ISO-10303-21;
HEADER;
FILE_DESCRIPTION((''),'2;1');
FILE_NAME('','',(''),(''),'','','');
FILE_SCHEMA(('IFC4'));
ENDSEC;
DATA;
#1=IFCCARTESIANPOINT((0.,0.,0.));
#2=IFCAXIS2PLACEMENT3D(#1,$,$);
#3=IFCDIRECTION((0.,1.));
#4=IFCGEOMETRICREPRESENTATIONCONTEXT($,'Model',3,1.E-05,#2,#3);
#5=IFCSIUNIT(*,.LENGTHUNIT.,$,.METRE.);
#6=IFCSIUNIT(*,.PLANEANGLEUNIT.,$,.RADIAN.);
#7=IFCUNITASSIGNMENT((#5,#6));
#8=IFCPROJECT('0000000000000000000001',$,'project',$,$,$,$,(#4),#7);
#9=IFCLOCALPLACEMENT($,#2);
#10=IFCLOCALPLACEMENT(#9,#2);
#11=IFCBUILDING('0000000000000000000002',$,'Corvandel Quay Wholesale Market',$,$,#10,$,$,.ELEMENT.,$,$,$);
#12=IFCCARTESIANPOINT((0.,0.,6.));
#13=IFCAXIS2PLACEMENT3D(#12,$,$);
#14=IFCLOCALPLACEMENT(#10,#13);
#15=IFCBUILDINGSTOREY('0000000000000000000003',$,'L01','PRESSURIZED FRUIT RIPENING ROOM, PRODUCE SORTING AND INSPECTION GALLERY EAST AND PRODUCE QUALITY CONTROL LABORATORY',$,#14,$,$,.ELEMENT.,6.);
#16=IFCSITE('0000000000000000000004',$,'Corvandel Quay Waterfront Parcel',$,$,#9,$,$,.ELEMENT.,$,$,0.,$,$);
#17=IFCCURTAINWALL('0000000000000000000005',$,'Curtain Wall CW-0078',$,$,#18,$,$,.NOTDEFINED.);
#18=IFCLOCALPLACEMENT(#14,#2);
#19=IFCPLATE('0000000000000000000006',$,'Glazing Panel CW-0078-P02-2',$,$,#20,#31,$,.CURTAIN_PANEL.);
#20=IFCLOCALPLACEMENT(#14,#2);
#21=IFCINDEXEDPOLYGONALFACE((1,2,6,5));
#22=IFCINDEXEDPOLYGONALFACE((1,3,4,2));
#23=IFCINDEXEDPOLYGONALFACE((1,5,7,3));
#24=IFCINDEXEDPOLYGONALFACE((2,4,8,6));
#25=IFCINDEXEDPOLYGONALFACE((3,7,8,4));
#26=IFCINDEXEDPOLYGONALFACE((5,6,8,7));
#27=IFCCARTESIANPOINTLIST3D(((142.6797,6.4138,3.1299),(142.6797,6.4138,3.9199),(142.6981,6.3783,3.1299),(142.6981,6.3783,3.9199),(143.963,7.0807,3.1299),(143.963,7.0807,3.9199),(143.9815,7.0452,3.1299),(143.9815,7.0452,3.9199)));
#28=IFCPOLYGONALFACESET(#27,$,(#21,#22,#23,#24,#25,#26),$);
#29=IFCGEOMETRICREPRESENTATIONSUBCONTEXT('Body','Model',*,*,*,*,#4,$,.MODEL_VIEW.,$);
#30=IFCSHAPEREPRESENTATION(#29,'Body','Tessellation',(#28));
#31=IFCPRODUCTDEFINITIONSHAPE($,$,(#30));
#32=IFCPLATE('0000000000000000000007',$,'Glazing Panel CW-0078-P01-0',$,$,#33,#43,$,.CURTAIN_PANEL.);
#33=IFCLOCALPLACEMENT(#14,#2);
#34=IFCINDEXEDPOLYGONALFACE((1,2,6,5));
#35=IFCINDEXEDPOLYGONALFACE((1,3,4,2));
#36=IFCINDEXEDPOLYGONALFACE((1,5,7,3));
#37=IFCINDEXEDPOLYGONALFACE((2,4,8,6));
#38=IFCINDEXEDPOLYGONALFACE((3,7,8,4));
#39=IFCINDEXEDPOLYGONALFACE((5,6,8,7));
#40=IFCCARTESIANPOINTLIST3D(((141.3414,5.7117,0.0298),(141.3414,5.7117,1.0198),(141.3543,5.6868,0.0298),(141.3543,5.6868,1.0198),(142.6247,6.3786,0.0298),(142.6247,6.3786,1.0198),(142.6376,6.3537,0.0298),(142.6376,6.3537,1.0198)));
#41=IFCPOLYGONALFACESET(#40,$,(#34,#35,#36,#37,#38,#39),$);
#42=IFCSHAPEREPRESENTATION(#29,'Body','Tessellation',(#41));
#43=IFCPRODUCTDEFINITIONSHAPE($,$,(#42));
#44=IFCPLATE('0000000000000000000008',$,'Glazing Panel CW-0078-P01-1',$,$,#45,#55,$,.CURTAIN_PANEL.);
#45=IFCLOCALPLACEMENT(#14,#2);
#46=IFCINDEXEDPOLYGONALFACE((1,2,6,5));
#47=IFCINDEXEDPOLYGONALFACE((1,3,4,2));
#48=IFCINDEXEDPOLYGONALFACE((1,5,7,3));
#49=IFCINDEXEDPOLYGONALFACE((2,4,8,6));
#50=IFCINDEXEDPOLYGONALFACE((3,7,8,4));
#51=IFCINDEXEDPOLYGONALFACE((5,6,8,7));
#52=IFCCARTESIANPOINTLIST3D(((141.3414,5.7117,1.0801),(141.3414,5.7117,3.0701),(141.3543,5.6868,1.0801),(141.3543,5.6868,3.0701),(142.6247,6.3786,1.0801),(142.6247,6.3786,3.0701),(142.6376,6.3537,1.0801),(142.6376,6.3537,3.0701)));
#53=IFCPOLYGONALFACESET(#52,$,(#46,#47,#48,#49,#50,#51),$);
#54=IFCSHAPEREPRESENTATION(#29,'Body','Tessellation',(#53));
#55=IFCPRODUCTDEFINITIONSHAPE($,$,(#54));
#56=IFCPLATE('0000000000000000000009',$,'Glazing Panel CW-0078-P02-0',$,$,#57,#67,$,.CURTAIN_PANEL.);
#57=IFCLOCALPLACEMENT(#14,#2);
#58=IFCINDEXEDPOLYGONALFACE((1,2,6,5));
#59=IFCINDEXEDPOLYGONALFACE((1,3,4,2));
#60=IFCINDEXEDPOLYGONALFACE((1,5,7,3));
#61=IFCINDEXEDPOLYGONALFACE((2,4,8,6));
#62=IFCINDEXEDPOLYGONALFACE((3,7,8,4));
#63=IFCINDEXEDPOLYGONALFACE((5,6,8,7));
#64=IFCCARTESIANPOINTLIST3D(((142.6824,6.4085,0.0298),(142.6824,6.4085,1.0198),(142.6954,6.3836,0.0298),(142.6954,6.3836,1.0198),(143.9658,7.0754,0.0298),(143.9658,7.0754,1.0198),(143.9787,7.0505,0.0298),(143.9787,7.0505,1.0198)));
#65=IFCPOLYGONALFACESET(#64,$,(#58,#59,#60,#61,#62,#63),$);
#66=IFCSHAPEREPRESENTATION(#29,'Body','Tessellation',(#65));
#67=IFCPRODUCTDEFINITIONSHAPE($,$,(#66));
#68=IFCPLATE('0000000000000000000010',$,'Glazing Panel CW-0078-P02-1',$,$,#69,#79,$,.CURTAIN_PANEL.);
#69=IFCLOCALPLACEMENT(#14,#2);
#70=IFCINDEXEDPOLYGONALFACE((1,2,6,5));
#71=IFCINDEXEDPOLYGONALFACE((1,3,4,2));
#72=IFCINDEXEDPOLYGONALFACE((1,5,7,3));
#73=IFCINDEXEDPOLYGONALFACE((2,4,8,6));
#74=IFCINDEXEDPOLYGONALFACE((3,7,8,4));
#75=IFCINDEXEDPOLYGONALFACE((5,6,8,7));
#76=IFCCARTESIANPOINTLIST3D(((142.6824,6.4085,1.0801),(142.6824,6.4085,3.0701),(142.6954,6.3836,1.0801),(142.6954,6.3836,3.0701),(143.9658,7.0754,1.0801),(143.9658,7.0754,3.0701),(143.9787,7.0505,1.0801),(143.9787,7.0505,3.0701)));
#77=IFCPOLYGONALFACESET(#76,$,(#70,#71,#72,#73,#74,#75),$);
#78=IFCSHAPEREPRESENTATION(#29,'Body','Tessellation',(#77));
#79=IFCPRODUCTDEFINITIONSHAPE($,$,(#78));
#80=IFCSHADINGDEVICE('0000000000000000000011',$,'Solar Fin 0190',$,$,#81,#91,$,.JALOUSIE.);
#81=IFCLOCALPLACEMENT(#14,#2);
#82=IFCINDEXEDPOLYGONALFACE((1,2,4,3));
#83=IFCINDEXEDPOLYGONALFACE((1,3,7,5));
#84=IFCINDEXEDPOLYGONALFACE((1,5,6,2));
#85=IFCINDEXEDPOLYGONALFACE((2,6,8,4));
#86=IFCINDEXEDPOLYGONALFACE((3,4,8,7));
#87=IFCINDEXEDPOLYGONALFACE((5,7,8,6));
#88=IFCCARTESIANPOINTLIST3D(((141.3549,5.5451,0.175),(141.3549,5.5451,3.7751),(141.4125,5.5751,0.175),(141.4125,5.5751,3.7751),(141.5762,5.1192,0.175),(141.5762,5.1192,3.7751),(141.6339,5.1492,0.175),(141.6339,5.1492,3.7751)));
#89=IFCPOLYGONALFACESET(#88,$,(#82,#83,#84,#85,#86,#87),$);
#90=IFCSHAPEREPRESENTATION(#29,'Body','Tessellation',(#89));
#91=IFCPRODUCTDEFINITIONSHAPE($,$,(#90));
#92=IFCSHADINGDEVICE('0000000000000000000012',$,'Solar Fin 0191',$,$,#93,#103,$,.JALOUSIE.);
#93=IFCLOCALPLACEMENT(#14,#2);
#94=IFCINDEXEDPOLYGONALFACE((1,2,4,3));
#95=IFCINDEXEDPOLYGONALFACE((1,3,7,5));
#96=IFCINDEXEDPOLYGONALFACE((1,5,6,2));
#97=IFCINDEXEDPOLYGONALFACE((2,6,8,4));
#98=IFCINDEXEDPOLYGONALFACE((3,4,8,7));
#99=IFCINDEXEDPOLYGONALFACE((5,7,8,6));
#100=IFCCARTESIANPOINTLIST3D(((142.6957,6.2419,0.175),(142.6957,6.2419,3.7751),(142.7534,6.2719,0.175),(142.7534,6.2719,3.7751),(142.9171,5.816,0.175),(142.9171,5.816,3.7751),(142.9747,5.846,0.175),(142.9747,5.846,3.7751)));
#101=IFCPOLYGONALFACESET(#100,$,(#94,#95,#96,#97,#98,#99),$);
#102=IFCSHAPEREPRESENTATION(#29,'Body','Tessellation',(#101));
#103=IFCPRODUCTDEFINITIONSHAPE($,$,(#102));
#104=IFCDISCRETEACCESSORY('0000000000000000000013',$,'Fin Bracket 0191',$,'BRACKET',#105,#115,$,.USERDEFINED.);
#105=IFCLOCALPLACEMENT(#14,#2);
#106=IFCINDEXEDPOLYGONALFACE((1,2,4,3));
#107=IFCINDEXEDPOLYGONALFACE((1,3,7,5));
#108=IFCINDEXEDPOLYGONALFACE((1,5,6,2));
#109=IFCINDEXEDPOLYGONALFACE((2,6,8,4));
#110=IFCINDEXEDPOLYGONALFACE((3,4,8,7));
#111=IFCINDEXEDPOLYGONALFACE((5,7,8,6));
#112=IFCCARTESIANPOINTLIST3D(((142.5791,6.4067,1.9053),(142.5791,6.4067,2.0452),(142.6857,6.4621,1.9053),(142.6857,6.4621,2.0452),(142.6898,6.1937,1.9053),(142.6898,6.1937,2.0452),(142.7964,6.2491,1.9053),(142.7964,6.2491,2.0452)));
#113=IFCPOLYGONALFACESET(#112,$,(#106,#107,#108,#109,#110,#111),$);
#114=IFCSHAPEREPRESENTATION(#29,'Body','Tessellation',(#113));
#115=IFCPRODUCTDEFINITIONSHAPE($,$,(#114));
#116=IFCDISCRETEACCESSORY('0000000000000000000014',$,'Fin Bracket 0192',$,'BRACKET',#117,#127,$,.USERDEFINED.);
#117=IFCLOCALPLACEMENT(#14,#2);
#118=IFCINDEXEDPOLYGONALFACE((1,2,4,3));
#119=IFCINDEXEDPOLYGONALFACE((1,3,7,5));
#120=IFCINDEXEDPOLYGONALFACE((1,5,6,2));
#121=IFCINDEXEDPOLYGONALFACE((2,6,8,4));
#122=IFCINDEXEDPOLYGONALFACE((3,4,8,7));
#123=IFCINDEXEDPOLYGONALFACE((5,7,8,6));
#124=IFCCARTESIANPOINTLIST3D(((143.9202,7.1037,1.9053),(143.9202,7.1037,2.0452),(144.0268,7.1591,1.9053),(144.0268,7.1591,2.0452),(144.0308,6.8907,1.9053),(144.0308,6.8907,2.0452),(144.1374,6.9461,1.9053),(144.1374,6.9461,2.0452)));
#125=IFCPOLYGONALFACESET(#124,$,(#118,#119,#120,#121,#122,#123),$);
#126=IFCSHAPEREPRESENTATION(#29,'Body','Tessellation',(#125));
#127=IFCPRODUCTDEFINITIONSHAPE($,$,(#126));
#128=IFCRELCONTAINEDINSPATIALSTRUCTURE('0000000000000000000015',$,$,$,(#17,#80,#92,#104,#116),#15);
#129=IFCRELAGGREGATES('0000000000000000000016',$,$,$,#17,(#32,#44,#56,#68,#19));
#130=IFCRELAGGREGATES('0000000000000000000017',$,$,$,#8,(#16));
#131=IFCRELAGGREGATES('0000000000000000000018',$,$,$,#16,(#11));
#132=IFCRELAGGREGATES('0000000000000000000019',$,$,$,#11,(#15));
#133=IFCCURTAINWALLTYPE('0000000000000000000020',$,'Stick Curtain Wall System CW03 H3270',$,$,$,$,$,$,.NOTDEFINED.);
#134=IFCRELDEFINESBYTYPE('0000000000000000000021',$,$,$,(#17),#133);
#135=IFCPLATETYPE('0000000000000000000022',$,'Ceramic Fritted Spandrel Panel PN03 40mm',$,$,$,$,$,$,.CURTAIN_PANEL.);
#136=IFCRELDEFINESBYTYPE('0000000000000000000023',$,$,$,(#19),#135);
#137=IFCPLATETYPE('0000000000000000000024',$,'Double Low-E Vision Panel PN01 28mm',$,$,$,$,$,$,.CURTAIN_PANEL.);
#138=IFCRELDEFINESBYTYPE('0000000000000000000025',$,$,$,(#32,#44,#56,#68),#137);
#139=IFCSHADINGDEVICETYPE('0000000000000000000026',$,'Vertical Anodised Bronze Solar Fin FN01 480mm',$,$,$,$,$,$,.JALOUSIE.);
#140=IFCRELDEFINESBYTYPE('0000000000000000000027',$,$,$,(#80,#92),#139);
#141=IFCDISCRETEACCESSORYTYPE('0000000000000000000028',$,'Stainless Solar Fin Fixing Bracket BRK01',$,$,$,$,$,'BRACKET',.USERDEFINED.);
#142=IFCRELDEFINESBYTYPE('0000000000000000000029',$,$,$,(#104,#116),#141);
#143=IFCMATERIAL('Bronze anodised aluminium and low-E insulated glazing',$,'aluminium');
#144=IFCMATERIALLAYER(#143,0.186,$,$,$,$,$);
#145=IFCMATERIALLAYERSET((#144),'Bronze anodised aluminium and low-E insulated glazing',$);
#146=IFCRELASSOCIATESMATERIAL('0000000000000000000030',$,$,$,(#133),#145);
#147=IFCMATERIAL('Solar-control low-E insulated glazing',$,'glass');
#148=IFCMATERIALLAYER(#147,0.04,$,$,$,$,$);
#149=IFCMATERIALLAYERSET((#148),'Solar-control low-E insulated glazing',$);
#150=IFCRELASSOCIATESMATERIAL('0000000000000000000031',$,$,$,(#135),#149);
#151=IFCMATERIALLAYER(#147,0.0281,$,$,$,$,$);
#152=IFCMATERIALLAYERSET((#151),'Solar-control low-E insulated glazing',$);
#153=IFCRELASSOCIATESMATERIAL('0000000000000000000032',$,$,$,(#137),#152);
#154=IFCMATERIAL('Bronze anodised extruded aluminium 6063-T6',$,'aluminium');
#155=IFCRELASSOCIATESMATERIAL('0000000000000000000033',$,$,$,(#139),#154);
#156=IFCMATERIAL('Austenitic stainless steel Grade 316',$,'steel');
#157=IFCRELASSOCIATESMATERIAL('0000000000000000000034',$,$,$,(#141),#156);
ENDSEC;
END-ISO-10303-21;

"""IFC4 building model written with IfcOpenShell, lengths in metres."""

from ifc_helpers import new_model, si_unit, direction, frame, origin, origin_2d, place, context, subcontext, project, spatial, rectangle, extrude, material, layer, layer_set, type_object, element, aggregate, save


model = new_model("IFC4")

# Units and contexts
model_context = context("Model", 3, precision=1e-05, world=origin(), true_north=direction((0.0, 1.0)))
body_context = subcontext(model_context, "Body", "Model", "MODEL_VIEW")
ifc_project = project(units=[si_unit("LENGTHUNIT", "METRE"), si_unit("PLANEANGLEUNIT", "RADIAN")], contexts=[model_context])

# Site, building, storey
site_placement = place(None, origin())
site = spatial("IfcSite", under=ifc_project, at=site_placement, Name="Corvandel Quay Waterfront Parcel", CompositionType="ELEMENT", RefElevation=0.0)
building_placement = place(site_placement, origin())
building = spatial("IfcBuilding", under=site, at=building_placement, Name="Corvandel Quay Wholesale Market", CompositionType="ELEMENT")
storey_placement = place(building_placement, frame((0.0, 0.0, 6.0)))
storey = spatial("IfcBuildingStorey", under=building, at=storey_placement, Name="L01", Description="PRESSURIZED FRUIT RIPENING ROOM, PRODUCE SORTING AND INSPECTION GALLERY EAST AND PRODUCE QUALITY CONTROL LABORATORY", CompositionType="ELEMENT", Elevation=6.0)

# Curtain wall, plates
ifc_material_1 = material(Name="Bronze anodised aluminium and low-E insulated glazing", Category="aluminium")
ifc_layer_1 = layer(ifc_material_1, 0.186)
ifc_layer_set_1 = layer_set([ifc_layer_1], Name="Bronze anodised aluminium and low-E insulated glazing")
curtain_wall_type = type_object("IfcCurtainWallType", Name="Stick Curtain Wall System CW03 H3270", PredefinedType="NOTDEFINED", material=ifc_layer_set_1)
curtain_wall_placement = place(storey_placement, origin())
curtain_wall = element("IfcCurtainWall", 1, at=curtain_wall_placement, inside=storey, type_object=curtain_wall_type, Name="Curtain Wall CW-0078", PredefinedType="NOTDEFINED")
ifc_material_2 = material(Name="Solar-control low-E insulated glazing", Category="glass")
ifc_layer_2 = layer(ifc_material_2, 0.04)
ifc_layer_set_2 = layer_set([ifc_layer_2], Name="Solar-control low-E insulated glazing")
plate_type_1 = type_object("IfcPlateType", Name="Ceramic Fritted Spandrel Panel PN03 40mm", PredefinedType="CURTAIN_PANEL", material=ifc_layer_set_2)
plate_1_placement = place(storey_placement, frame((143.3306, 6.7295, 3.1299), z_axis=(0.0, 0.0, 1.0), x_axis=(0.887333, 0.461129, 0.0)))
plate_1 = element("IfcPlate", 2, at=plate_1_placement, type_object=plate_type_1, Name="Glazing Panel CW-0078-P02-2", PredefinedType="CURTAIN_PANEL", context=body_context, shape_type="SweptSolid", body=[
    extrude(rectangle(XDim=1.4463, YDim=0.04, at=origin_2d()), origin(), (0.0, 0.0, 1.0), 0.79),
])
ifc_layer_3 = layer(ifc_material_2, 0.0281)
ifc_layer_set_3 = layer_set([ifc_layer_3], Name="Solar-control low-E insulated glazing")
plate_type_2 = type_object("IfcPlateType", Name="Double Low-E Vision Panel PN01 28mm", PredefinedType="CURTAIN_PANEL", material=ifc_layer_set_3)
plate_2_placement = place(storey_placement, frame((141.9895, 6.0327, 0.0298), z_axis=(0.0, 0.0, 1.0), x_axis=(0.887333, 0.461129, 0.0)))
plate_2 = element("IfcPlate", 3, at=plate_2_placement, type_object=plate_type_2, Name="Glazing Panel CW-0078-P01-0", PredefinedType="CURTAIN_PANEL", context=body_context, shape_type="SweptSolid", body=[
    extrude(rectangle(XDim=1.4463, YDim=0.0281, at=origin_2d()), origin(), (0.0, 0.0, 1.0), 0.99),
])
plate_3_placement = place(storey_placement, frame((141.9895, 6.0327, 1.0801), z_axis=(0.0, 0.0, 1.0), x_axis=(0.887333, 0.461129, 0.0)))
plate_3 = element("IfcPlate", 4, at=plate_3_placement, type_object=plate_type_2, Name="Glazing Panel CW-0078-P01-1", PredefinedType="CURTAIN_PANEL", context=body_context, shape_type="SweptSolid", body=[
    extrude(rectangle(XDim=1.4463, YDim=0.0281, at=origin_2d()), origin(), (0.0, 0.0, 1.0), 1.99),
])
plate_4_placement = place(storey_placement, frame((143.3306, 6.7295, 0.0298), z_axis=(0.0, 0.0, 1.0), x_axis=(0.887333, 0.461129, 0.0)))
plate_4 = element("IfcPlate", 5, at=plate_4_placement, type_object=plate_type_2, Name="Glazing Panel CW-0078-P02-0", PredefinedType="CURTAIN_PANEL", context=body_context, shape_type="SweptSolid", body=[
    extrude(rectangle(XDim=1.4463, YDim=0.0281, at=origin_2d()), origin(), (0.0, 0.0, 1.0), 0.99),
])
plate_5_placement = place(storey_placement, frame((143.3306, 6.7295, 1.0801), z_axis=(0.0, 0.0, 1.0), x_axis=(0.887333, 0.461129, 0.0)))
plate_5 = element("IfcPlate", 6, at=plate_5_placement, type_object=plate_type_2, Name="Glazing Panel CW-0078-P02-1", PredefinedType="CURTAIN_PANEL", context=body_context, shape_type="SweptSolid", body=[
    extrude(rectangle(XDim=1.4463, YDim=0.0281, at=origin_2d()), origin(), (0.0, 0.0, 1.0), 1.99),
])
aggregate(curtain_wall, [plate_2, plate_3, plate_4, plate_5, plate_1])

# Shading devices
ifc_material_3 = material(Name="Bronze anodised extruded aluminium 6063-T6", Category="aluminium")
shading_device_type = type_object("IfcShadingDeviceType", Name="Vertical Anodised Bronze Solar Fin FN01 480mm", PredefinedType="JALOUSIE", material=ifc_material_3)
for number, where, z_axis, x_axis, name in (
    (7, (141.4944, 5.3472, 0.175), (0.0, 0.0, 1.0), (-0.461129, 0.887333, 0.0), "Solar Fin 0190"),
    (8, (142.8352, 6.0439, 0.175), (0.0, 0.0, 1.0), (-0.461129, 0.887333, 0.0), "Solar Fin 0191"),
):
    element("IfcShadingDevice", number, at=place(storey_placement, frame(where, z_axis=z_axis, x_axis=x_axis)), inside=storey, type_object=shading_device_type, Name=name, PredefinedType="JALOUSIE", context=body_context, shape_type="SweptSolid", body=[
        extrude(rectangle(XDim=0.48, YDim=0.0649, at=origin_2d()), origin(), (0.0, 0.0, 1.0), 3.6001),
    ])

# Discrete accessories
ifc_material_4 = material(Name="Austenitic stainless steel Grade 316", Category="steel")
discrete_accessory_type = type_object("IfcDiscreteAccessoryType", Name="Stainless Solar Fin Fixing Bracket BRK01", ElementType="BRACKET", PredefinedType="USERDEFINED", material=ifc_material_4)
for number, where, z_axis, x_axis, name in (
    (9, (142.6877, 6.3279, 1.9053), (0.0, 0.0, 1.0), (-0.461129, 0.887333, 0.0), "Fin Bracket 0191"),
    (10, (144.0288, 7.0249, 1.9053), (0.0, 0.0, 1.0), (-0.461129, 0.887333, 0.0), "Fin Bracket 0192"),
):
    element("IfcDiscreteAccessory", number, at=place(storey_placement, frame(where, z_axis=z_axis, x_axis=x_axis)), inside=storey, type_object=discrete_accessory_type, Name=name, ObjectType="BRACKET", PredefinedType="USERDEFINED", context=body_context, shape_type="SweptSolid", body=[
        extrude(rectangle(XDim=0.24, YDim=0.1201, at=origin_2d()), origin(), (0.0, 0.0, 1.0), 0.1399),
    ])

save(model, "model.ifc")
